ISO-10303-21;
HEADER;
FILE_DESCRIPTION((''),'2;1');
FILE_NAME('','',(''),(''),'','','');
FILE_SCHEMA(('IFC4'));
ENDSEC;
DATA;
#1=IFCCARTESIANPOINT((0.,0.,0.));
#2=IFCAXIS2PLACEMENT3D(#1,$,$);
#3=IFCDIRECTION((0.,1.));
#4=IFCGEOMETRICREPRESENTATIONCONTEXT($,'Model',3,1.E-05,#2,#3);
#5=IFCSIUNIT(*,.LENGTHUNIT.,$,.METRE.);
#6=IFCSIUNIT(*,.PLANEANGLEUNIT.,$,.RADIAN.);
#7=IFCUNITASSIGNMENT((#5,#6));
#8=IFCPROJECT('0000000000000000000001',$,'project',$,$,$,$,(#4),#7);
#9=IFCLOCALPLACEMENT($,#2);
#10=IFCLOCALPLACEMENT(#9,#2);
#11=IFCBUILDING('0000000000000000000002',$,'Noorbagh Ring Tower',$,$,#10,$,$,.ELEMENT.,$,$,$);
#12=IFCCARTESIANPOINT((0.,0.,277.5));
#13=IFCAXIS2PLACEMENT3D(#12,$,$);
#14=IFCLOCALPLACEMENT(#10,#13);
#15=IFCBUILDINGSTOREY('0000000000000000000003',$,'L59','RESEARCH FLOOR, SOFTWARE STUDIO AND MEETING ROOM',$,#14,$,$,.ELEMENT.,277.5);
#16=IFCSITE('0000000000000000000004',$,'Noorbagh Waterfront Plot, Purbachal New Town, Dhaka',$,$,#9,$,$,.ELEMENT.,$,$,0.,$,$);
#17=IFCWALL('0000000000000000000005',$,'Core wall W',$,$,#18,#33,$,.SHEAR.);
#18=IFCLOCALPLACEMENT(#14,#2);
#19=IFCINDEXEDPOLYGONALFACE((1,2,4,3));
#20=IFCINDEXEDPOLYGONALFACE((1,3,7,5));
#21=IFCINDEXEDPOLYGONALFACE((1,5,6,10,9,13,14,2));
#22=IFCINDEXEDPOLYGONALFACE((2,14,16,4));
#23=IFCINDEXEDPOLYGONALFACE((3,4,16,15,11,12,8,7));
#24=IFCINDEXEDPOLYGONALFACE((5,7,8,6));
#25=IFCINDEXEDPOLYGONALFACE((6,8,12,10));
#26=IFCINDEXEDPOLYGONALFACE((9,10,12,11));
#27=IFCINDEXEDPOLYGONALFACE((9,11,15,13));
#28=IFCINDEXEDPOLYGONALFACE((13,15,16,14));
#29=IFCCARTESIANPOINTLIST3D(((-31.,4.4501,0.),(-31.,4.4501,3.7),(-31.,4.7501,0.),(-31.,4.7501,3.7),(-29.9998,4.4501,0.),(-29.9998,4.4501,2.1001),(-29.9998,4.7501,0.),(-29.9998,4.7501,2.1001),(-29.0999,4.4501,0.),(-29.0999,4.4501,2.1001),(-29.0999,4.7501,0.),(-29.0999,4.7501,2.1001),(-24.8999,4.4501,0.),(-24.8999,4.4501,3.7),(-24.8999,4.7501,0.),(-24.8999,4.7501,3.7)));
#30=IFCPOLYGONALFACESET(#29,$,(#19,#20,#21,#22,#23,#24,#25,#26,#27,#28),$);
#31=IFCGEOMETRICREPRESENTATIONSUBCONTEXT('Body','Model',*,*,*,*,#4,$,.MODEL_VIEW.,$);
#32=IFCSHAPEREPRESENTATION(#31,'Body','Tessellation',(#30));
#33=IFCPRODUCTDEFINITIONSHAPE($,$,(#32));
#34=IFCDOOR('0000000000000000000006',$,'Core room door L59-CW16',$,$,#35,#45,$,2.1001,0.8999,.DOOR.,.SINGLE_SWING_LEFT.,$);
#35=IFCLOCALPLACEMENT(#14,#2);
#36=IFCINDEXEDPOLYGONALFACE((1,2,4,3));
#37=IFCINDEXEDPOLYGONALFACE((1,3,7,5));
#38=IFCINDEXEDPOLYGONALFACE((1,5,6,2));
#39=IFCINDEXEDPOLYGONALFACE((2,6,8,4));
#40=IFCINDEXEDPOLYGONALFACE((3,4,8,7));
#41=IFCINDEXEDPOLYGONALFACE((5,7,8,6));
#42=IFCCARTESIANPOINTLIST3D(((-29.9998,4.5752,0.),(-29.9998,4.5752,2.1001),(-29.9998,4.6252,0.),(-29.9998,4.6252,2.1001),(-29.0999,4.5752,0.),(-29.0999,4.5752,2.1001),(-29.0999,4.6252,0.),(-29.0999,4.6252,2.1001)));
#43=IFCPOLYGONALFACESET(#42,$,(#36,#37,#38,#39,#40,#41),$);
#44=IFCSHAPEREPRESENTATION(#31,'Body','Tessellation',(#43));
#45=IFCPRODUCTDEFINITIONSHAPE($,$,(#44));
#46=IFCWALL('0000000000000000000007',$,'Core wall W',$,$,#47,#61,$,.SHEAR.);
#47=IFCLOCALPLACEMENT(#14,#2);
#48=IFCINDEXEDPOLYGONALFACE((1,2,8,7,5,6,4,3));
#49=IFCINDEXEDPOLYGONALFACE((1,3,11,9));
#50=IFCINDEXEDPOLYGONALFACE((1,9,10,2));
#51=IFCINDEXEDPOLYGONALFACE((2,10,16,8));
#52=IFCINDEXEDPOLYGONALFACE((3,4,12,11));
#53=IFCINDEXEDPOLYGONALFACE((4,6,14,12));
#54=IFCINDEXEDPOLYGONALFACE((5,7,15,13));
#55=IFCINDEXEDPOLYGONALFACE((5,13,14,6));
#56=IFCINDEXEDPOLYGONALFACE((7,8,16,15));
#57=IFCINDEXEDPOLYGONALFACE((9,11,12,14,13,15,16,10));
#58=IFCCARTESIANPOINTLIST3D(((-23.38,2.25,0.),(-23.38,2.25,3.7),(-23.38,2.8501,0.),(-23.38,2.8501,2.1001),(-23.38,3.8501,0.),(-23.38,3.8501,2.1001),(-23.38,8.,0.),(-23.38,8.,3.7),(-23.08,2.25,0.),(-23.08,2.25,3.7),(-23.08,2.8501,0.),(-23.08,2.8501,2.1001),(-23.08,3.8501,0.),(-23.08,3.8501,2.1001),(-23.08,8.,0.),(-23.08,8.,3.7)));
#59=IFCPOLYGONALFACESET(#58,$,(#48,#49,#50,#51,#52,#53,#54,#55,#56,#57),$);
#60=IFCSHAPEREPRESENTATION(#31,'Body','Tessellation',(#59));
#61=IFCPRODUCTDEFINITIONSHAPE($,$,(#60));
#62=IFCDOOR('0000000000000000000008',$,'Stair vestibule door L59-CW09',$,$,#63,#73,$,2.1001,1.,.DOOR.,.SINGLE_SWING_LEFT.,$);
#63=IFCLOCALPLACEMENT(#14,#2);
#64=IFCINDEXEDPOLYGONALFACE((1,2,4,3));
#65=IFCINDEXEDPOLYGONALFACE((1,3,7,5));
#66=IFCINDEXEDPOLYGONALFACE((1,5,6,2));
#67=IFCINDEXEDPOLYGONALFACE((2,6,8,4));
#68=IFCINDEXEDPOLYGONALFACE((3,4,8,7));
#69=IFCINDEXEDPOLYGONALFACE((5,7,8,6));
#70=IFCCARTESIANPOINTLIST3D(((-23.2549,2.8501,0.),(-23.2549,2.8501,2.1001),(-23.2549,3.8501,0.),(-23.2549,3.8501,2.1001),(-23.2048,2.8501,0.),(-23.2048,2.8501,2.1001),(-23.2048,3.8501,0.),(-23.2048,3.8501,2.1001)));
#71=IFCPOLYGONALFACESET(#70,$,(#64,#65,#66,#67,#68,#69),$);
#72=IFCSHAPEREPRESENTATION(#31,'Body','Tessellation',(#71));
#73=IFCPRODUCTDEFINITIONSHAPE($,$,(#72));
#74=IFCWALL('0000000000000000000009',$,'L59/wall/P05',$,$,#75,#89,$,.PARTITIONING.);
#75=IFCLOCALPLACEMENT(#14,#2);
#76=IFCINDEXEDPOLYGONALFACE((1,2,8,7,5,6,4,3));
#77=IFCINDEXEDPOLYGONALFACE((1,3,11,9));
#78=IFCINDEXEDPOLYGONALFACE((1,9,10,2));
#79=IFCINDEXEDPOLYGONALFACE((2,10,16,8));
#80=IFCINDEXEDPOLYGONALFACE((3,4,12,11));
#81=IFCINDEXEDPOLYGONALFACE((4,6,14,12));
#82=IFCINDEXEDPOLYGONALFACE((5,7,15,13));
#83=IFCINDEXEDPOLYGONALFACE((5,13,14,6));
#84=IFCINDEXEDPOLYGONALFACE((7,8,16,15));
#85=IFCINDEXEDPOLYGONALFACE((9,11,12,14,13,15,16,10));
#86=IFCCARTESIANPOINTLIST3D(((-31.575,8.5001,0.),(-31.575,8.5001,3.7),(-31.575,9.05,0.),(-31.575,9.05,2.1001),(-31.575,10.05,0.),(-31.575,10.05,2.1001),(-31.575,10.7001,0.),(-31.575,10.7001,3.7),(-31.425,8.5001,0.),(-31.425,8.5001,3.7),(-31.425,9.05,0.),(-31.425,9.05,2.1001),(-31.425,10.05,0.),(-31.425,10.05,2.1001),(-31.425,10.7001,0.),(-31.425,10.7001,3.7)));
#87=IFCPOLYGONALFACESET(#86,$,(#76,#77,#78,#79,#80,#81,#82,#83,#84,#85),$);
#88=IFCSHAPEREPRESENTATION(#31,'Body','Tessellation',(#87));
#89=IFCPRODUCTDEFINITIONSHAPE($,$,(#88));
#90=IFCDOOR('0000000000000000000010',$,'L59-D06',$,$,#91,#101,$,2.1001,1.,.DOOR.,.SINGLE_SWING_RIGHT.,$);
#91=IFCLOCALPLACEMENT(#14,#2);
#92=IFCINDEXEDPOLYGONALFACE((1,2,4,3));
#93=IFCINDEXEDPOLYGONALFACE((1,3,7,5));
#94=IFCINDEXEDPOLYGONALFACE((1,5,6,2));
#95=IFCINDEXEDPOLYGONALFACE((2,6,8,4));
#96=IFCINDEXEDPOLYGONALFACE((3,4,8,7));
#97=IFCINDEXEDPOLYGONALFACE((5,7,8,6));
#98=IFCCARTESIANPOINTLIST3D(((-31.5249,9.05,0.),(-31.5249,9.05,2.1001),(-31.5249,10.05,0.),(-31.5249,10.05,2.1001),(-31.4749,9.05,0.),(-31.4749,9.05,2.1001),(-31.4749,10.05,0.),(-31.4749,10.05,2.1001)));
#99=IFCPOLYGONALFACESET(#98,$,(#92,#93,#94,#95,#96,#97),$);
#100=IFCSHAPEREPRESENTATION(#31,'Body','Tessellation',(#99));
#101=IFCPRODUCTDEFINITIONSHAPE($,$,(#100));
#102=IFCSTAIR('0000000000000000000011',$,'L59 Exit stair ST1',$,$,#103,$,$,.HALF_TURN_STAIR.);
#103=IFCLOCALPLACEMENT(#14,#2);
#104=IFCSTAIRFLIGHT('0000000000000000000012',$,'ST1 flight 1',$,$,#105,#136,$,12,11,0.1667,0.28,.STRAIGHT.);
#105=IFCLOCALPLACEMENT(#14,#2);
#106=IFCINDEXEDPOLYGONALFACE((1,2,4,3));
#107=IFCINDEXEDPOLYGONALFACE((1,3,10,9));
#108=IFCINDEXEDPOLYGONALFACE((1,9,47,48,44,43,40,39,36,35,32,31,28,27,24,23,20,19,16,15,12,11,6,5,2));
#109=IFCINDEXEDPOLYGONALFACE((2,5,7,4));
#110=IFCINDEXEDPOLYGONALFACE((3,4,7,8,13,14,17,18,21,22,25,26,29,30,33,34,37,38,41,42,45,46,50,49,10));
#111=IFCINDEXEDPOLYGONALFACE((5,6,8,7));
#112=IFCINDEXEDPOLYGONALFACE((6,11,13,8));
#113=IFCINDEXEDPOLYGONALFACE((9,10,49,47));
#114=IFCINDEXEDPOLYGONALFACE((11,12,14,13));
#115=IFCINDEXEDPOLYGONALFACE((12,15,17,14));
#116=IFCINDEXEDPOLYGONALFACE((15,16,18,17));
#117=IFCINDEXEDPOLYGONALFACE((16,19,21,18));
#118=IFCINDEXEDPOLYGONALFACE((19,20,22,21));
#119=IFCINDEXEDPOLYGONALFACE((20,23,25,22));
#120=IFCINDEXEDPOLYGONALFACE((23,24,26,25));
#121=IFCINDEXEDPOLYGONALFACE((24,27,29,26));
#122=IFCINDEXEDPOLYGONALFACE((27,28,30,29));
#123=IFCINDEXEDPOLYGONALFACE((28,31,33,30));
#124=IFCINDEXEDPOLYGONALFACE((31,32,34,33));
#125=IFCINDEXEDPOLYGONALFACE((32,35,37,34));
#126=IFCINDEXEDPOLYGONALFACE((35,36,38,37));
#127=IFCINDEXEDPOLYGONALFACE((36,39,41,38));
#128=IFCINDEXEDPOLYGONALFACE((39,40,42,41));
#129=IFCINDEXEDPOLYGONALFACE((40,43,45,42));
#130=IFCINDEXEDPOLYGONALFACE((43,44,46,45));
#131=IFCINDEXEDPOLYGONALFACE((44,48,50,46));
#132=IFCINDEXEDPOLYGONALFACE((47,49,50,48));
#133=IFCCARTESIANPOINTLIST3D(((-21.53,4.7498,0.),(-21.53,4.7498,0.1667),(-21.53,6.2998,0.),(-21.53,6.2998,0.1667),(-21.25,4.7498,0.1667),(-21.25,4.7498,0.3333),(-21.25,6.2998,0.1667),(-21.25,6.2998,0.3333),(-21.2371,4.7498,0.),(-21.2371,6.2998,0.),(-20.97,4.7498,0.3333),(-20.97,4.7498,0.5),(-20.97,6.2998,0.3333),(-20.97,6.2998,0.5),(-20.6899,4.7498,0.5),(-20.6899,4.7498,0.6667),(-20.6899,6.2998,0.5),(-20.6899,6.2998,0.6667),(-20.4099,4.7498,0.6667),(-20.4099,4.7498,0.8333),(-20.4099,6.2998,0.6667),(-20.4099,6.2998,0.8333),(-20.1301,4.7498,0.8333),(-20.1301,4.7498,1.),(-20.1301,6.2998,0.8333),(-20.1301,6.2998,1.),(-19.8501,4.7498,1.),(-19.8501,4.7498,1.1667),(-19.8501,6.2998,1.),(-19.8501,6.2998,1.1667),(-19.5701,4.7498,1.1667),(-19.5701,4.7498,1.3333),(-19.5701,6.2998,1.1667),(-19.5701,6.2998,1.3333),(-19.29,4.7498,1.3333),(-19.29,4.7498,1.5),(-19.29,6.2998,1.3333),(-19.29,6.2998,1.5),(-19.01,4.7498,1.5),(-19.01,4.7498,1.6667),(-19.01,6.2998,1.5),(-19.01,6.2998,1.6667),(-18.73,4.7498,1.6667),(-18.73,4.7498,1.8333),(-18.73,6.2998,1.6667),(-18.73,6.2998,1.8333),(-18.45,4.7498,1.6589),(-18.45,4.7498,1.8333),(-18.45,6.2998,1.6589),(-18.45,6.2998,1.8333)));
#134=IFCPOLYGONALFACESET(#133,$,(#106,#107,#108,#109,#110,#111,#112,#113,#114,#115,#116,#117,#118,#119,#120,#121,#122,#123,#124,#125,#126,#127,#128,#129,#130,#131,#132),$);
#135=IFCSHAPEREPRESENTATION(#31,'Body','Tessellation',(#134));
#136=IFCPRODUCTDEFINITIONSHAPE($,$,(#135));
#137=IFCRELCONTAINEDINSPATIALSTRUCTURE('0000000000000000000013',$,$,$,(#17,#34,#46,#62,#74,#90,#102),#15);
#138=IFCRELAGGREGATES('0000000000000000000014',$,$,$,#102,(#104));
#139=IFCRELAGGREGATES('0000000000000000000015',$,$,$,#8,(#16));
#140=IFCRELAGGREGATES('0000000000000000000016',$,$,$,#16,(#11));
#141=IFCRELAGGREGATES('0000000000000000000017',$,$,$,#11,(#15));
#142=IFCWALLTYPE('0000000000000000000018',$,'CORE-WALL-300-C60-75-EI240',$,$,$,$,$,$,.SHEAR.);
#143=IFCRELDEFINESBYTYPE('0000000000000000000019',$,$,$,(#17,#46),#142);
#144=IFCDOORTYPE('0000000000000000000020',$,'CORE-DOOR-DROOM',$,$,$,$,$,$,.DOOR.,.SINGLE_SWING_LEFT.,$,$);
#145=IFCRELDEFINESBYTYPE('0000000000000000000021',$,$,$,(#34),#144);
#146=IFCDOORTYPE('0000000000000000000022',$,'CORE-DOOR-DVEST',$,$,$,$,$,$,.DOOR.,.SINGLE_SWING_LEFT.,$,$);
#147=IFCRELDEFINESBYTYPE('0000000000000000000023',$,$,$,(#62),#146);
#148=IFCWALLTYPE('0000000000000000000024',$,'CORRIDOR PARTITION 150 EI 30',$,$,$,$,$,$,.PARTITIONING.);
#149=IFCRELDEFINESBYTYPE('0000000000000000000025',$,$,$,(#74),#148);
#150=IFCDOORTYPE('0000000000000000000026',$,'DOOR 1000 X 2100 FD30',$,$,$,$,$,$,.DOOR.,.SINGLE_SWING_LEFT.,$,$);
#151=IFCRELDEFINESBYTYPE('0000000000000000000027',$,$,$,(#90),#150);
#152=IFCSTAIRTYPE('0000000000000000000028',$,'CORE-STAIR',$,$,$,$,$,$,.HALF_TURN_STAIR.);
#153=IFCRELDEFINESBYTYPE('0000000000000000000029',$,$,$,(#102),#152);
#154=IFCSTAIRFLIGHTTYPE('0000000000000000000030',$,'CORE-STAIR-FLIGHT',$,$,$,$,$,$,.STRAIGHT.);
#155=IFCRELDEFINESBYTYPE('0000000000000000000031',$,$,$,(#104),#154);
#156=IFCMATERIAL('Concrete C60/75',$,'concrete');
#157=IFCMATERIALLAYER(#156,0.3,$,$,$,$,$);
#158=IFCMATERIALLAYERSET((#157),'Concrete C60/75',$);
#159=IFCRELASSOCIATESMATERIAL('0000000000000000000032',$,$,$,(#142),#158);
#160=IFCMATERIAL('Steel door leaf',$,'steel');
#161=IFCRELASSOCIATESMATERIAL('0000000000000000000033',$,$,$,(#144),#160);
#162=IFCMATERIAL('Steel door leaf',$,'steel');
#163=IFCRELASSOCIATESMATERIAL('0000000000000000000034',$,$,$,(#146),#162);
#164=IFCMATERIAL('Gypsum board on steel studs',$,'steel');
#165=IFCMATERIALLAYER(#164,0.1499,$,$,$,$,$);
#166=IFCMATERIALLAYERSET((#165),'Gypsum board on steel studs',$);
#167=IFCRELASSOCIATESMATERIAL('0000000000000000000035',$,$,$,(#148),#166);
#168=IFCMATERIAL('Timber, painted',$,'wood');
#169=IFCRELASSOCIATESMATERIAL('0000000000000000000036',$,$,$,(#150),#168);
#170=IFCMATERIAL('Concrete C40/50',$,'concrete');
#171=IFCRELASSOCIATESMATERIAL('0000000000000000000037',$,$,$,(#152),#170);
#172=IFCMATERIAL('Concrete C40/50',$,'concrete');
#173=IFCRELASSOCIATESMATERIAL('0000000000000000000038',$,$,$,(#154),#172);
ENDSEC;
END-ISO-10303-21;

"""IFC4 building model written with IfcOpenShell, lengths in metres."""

from ifc_helpers import new_model, si_unit, direction, frame, frame_2d, origin, place, context, subcontext, project, spatial, polyline, rectangle, outline, extrude, material, layer, layer_set, type_object, element, fill, aggregate, save


model = new_model("IFC4")

# Units and contexts
model_context = context("Model", 3, precision=1e-05, world=origin(), true_north=direction((0.0, 1.0)))
body_context = subcontext(model_context, "Body", "Model", "MODEL_VIEW")
ifc_project = project(units=[si_unit("LENGTHUNIT", "METRE"), si_unit("PLANEANGLEUNIT", "RADIAN")], contexts=[model_context])

# Site, building, storey
site_placement = place(None, origin())
site = spatial("IfcSite", under=ifc_project, at=site_placement, Name="Noorbagh Waterfront Plot, Purbachal New Town, Dhaka", CompositionType="ELEMENT", RefElevation=0.0)
building_placement = place(site_placement, origin())
building = spatial("IfcBuilding", under=site, at=building_placement, Name="Noorbagh Ring Tower", CompositionType="ELEMENT")
storey_placement = place(building_placement, frame((0.0, 0.0, 277.5)))
storey = spatial("IfcBuildingStorey", under=building, at=storey_placement, Name="L59", Description="RESEARCH FLOOR, SOFTWARE STUDIO AND MEETING ROOM", CompositionType="ELEMENT", Elevation=277.5)

# Walls, openings, doors
ifc_material_1 = material(Name="Concrete C60/75", Category="concrete")
ifc_layer_1 = layer(ifc_material_1, 0.3)
ifc_layer_set_1 = layer_set([ifc_layer_1], Name="Concrete C60/75")
wall_type_1 = type_object("IfcWallType", Name="CORE-WALL-300-C60-75-EI240", PredefinedType="SHEAR", material=ifc_layer_set_1)
wall_1_placement = place(storey_placement, frame((-24.8999, 4.6001, 0.0), z_axis=(0.0, 0.0, 1.0), x_axis=(-1.0, 0.0, 0.0)))
wall_1 = element("IfcWall", 1, at=wall_1_placement, inside=storey, type_object=wall_type_1, Name="Core wall W", PredefinedType="SHEAR", context=body_context, shape_type="SweptSolid", body=[
    extrude(rectangle(XDim=6.1001, YDim=0.3, at=frame_2d((3.05, 0.0))), origin(), (0.0, 0.0, 1.0), 3.7),
])
opening_1_placement = place(wall_1_placement, frame((4.2, 0.0, 0.0)))
opening_1 = element("IfcOpeningElement", 2, at=opening_1_placement, cuts=wall_1, PredefinedType="OPENING", context=body_context, shape_type="SweptSolid", body=[
    extrude(rectangle(XDim=0.8999, YDim=2.1001, at=frame_2d((0.45, 1.05))), frame((0.0, 0.1602, 0.0), z_axis=(0.0, -1.0, 0.0), x_axis=(1.0, 0.0, 0.0)), (0.0, 0.0, 1.0), 0.3201),
])
ifc_material_2 = material(Name="Steel door leaf", Category="steel")
door_type_1 = type_object("IfcDoorType", Name="CORE-DOOR-DROOM", OperationType="SINGLE_SWING_LEFT", PredefinedType="DOOR", material=ifc_material_2)
door_1_placement = place(opening_1_placement, origin())
door_1 = element("IfcDoor", 3, at=door_1_placement, inside=storey, type_object=door_type_1, Name="Core room door L59-CW16", OperationType="SINGLE_SWING_LEFT", OverallHeight=2.1001, OverallWidth=0.8999, PredefinedType="DOOR", context=body_context, shape_type="SweptSolid", body=[
    extrude(rectangle(XDim=0.8999, YDim=2.1001, at=frame_2d((0.45, 1.05))), frame((0.0, 0.0249, 0.0), z_axis=(0.0, -1.0, 0.0), x_axis=(1.0, 0.0, 0.0)), (0.0, 0.0, 1.0), 0.05),
])
fill(opening_1, door_1)
wall_2_placement = place(storey_placement, frame((-23.23, 2.25, 0.0), z_axis=(0.0, 0.0, 1.0), x_axis=(0.0, 1.0, 0.0)))
wall_2 = element("IfcWall", 4, at=wall_2_placement, inside=storey, type_object=wall_type_1, Name="Core wall W", PredefinedType="SHEAR", context=body_context, shape_type="SweptSolid", body=[
    extrude(rectangle(XDim=5.75, YDim=0.3, at=frame_2d((2.875, 0.0))), origin(), (0.0, 0.0, 1.0), 3.7),
])
opening_2_placement = place(wall_2_placement, frame((0.6001, 0.0, 0.0)))
opening_2 = element("IfcOpeningElement", 5, at=opening_2_placement, cuts=wall_2, PredefinedType="OPENING", context=body_context, shape_type="SweptSolid", body=[
    extrude(rectangle(XDim=1.0, YDim=2.1001, at=frame_2d((0.5, 1.05))), frame((0.0, 0.1602, 0.0), z_axis=(0.0, -1.0, 0.0), x_axis=(1.0, 0.0, 0.0)), (0.0, 0.0, 1.0), 0.3201),
])
ifc_material_3 = material(Name="Steel door leaf", Category="steel")
door_type_2 = type_object("IfcDoorType", Name="CORE-DOOR-DVEST", OperationType="SINGLE_SWING_LEFT", PredefinedType="DOOR", material=ifc_material_3)
door_2_placement = place(opening_2_placement, origin())
door_2 = element("IfcDoor", 6, at=door_2_placement, inside=storey, type_object=door_type_2, Name="Stair vestibule door L59-CW09", OperationType="SINGLE_SWING_LEFT", OverallHeight=2.1001, OverallWidth=1.0, PredefinedType="DOOR", context=body_context, shape_type="SweptSolid", body=[
    extrude(rectangle(XDim=1.0, YDim=2.1001, at=frame_2d((0.5, 1.05))), frame((0.0, 0.0249, 0.0), z_axis=(0.0, -1.0, 0.0), x_axis=(1.0, 0.0, 0.0)), (0.0, 0.0, 1.0), 0.05),
])
fill(opening_2, door_2)
ifc_material_4 = material(Name="Gypsum board on steel studs", Category="steel")
ifc_layer_2 = layer(ifc_material_4, 0.1499)
ifc_layer_set_2 = layer_set([ifc_layer_2], Name="Gypsum board on steel studs")
wall_type_2 = type_object("IfcWallType", Name="CORRIDOR PARTITION 150 EI 30", PredefinedType="PARTITIONING", material=ifc_layer_set_2)
wall_3_placement = place(storey_placement, frame((-31.5, 8.5, 0.0), z_axis=(0.0, 0.0, 1.0), x_axis=(0.0, 1.0, 0.0)))
wall_3 = element("IfcWall", 7, at=wall_3_placement, inside=storey, type_object=wall_type_2, Name="L59/wall/P05", PredefinedType="PARTITIONING", context=body_context, shape_type="SweptSolid", body=[
    extrude(rectangle(XDim=2.2, YDim=0.1499, at=frame_2d((1.1001, 0.0))), origin(), (0.0, 0.0, 1.0), 3.7),
])
opening_3_placement = place(wall_3_placement, frame((0.55, 0.0, 0.0)))
opening_3 = element("IfcOpeningElement", 8, at=opening_3_placement, cuts=wall_3, PredefinedType="OPENING", context=body_context, shape_type="SweptSolid", body=[
    extrude(rectangle(XDim=1.0, YDim=2.1001, at=frame_2d((0.5, 1.05))), frame((0.0, 0.085, 0.0), z_axis=(0.0, -1.0, 0.0), x_axis=(1.0, 0.0, 0.0)), (0.0, 0.0, 1.0), 0.1699),
])
ifc_material_5 = material(Name="Timber, painted", Category="wood")
door_type_3 = type_object("IfcDoorType", Name="DOOR 1000 X 2100 FD30", OperationType="SINGLE_SWING_LEFT", PredefinedType="DOOR", material=ifc_material_5)
door_3_placement = place(opening_3_placement, origin())
door_3 = element("IfcDoor", 9, at=door_3_placement, inside=storey, type_object=door_type_3, Name="L59-D06", OperationType="SINGLE_SWING_RIGHT", OverallHeight=2.1001, OverallWidth=1.0, PredefinedType="DOOR", context=body_context, shape_type="SweptSolid", body=[
    extrude(rectangle(XDim=1.0, YDim=2.1001, at=frame_2d((0.5, 1.05))), frame((0.0, 0.0249, 0.0), z_axis=(0.0, -1.0, 0.0), x_axis=(1.0, 0.0, 0.0)), (0.0, 0.0, 1.0), 0.05),
])
fill(opening_3, door_3)

# Stair, stair flight
ifc_material_6 = material(Name="Concrete C40/50", Category="concrete")
stair_type = type_object("IfcStairType", Name="CORE-STAIR", PredefinedType="HALF_TURN_STAIR", material=ifc_material_6)
stair_placement = place(storey_placement, origin())
stair = element("IfcStair", 10, at=stair_placement, inside=storey, type_object=stair_type, Name="L59 Exit stair ST1", PredefinedType="HALF_TURN_STAIR")
ifc_material_7 = material(Name="Concrete C40/50", Category="concrete")
stair_flight_type = type_object("IfcStairFlightType", Name="CORE-STAIR-FLIGHT", PredefinedType="STRAIGHT", material=ifc_material_7)
stair_flight_placement = place(storey_placement, frame((-21.53, 5.5249, 0.0), z_axis=(0.0, 0.0, 1.0), x_axis=(1.0, 0.0, 0.0)))
stair_flight = element("IfcStairFlight", 11, at=stair_flight_placement, type_object=stair_flight_type, Name="ST1 flight 1", NumberOfRisers=12, NumberOfTreads=11, PredefinedType="STRAIGHT", RiserHeight=0.1667, TreadLength=0.28, context=body_context, shape_type="SweptSolid", body=[
    extrude(outline(polyline([(0.0, 0.0), (0.0, 0.1667), (0.28, 0.1667), (0.28, 0.3333), (0.5601, 0.3333), (0.5601, 0.5), (0.8401, 0.5), (0.8401, 0.6667), (1.1201, 0.6667), (1.1201, 0.8333), (1.3999, 0.8333), (1.3999, 1.0), (1.6799, 1.0), (1.6799, 1.1667), (1.96, 1.1667), (1.96, 1.3333), (2.24, 1.3333), (2.24, 1.5), (2.52, 1.5), (2.52, 1.6667), (2.8, 1.6667), (2.8, 1.8333), (3.0801, 1.8333), (3.0801, 2.0), (3.0801, 1.6589), (0.293, 0.0), (0.0, 0.0)])), frame((0.0, 0.7749, 0.0), z_axis=(0.0, -1.0, 0.0), x_axis=(1.0, 0.0, 0.0)), (0.0, 0.0, 1.0), 1.55),
])
aggregate(stair, [stair_flight])

save(model, "model.ifc")
